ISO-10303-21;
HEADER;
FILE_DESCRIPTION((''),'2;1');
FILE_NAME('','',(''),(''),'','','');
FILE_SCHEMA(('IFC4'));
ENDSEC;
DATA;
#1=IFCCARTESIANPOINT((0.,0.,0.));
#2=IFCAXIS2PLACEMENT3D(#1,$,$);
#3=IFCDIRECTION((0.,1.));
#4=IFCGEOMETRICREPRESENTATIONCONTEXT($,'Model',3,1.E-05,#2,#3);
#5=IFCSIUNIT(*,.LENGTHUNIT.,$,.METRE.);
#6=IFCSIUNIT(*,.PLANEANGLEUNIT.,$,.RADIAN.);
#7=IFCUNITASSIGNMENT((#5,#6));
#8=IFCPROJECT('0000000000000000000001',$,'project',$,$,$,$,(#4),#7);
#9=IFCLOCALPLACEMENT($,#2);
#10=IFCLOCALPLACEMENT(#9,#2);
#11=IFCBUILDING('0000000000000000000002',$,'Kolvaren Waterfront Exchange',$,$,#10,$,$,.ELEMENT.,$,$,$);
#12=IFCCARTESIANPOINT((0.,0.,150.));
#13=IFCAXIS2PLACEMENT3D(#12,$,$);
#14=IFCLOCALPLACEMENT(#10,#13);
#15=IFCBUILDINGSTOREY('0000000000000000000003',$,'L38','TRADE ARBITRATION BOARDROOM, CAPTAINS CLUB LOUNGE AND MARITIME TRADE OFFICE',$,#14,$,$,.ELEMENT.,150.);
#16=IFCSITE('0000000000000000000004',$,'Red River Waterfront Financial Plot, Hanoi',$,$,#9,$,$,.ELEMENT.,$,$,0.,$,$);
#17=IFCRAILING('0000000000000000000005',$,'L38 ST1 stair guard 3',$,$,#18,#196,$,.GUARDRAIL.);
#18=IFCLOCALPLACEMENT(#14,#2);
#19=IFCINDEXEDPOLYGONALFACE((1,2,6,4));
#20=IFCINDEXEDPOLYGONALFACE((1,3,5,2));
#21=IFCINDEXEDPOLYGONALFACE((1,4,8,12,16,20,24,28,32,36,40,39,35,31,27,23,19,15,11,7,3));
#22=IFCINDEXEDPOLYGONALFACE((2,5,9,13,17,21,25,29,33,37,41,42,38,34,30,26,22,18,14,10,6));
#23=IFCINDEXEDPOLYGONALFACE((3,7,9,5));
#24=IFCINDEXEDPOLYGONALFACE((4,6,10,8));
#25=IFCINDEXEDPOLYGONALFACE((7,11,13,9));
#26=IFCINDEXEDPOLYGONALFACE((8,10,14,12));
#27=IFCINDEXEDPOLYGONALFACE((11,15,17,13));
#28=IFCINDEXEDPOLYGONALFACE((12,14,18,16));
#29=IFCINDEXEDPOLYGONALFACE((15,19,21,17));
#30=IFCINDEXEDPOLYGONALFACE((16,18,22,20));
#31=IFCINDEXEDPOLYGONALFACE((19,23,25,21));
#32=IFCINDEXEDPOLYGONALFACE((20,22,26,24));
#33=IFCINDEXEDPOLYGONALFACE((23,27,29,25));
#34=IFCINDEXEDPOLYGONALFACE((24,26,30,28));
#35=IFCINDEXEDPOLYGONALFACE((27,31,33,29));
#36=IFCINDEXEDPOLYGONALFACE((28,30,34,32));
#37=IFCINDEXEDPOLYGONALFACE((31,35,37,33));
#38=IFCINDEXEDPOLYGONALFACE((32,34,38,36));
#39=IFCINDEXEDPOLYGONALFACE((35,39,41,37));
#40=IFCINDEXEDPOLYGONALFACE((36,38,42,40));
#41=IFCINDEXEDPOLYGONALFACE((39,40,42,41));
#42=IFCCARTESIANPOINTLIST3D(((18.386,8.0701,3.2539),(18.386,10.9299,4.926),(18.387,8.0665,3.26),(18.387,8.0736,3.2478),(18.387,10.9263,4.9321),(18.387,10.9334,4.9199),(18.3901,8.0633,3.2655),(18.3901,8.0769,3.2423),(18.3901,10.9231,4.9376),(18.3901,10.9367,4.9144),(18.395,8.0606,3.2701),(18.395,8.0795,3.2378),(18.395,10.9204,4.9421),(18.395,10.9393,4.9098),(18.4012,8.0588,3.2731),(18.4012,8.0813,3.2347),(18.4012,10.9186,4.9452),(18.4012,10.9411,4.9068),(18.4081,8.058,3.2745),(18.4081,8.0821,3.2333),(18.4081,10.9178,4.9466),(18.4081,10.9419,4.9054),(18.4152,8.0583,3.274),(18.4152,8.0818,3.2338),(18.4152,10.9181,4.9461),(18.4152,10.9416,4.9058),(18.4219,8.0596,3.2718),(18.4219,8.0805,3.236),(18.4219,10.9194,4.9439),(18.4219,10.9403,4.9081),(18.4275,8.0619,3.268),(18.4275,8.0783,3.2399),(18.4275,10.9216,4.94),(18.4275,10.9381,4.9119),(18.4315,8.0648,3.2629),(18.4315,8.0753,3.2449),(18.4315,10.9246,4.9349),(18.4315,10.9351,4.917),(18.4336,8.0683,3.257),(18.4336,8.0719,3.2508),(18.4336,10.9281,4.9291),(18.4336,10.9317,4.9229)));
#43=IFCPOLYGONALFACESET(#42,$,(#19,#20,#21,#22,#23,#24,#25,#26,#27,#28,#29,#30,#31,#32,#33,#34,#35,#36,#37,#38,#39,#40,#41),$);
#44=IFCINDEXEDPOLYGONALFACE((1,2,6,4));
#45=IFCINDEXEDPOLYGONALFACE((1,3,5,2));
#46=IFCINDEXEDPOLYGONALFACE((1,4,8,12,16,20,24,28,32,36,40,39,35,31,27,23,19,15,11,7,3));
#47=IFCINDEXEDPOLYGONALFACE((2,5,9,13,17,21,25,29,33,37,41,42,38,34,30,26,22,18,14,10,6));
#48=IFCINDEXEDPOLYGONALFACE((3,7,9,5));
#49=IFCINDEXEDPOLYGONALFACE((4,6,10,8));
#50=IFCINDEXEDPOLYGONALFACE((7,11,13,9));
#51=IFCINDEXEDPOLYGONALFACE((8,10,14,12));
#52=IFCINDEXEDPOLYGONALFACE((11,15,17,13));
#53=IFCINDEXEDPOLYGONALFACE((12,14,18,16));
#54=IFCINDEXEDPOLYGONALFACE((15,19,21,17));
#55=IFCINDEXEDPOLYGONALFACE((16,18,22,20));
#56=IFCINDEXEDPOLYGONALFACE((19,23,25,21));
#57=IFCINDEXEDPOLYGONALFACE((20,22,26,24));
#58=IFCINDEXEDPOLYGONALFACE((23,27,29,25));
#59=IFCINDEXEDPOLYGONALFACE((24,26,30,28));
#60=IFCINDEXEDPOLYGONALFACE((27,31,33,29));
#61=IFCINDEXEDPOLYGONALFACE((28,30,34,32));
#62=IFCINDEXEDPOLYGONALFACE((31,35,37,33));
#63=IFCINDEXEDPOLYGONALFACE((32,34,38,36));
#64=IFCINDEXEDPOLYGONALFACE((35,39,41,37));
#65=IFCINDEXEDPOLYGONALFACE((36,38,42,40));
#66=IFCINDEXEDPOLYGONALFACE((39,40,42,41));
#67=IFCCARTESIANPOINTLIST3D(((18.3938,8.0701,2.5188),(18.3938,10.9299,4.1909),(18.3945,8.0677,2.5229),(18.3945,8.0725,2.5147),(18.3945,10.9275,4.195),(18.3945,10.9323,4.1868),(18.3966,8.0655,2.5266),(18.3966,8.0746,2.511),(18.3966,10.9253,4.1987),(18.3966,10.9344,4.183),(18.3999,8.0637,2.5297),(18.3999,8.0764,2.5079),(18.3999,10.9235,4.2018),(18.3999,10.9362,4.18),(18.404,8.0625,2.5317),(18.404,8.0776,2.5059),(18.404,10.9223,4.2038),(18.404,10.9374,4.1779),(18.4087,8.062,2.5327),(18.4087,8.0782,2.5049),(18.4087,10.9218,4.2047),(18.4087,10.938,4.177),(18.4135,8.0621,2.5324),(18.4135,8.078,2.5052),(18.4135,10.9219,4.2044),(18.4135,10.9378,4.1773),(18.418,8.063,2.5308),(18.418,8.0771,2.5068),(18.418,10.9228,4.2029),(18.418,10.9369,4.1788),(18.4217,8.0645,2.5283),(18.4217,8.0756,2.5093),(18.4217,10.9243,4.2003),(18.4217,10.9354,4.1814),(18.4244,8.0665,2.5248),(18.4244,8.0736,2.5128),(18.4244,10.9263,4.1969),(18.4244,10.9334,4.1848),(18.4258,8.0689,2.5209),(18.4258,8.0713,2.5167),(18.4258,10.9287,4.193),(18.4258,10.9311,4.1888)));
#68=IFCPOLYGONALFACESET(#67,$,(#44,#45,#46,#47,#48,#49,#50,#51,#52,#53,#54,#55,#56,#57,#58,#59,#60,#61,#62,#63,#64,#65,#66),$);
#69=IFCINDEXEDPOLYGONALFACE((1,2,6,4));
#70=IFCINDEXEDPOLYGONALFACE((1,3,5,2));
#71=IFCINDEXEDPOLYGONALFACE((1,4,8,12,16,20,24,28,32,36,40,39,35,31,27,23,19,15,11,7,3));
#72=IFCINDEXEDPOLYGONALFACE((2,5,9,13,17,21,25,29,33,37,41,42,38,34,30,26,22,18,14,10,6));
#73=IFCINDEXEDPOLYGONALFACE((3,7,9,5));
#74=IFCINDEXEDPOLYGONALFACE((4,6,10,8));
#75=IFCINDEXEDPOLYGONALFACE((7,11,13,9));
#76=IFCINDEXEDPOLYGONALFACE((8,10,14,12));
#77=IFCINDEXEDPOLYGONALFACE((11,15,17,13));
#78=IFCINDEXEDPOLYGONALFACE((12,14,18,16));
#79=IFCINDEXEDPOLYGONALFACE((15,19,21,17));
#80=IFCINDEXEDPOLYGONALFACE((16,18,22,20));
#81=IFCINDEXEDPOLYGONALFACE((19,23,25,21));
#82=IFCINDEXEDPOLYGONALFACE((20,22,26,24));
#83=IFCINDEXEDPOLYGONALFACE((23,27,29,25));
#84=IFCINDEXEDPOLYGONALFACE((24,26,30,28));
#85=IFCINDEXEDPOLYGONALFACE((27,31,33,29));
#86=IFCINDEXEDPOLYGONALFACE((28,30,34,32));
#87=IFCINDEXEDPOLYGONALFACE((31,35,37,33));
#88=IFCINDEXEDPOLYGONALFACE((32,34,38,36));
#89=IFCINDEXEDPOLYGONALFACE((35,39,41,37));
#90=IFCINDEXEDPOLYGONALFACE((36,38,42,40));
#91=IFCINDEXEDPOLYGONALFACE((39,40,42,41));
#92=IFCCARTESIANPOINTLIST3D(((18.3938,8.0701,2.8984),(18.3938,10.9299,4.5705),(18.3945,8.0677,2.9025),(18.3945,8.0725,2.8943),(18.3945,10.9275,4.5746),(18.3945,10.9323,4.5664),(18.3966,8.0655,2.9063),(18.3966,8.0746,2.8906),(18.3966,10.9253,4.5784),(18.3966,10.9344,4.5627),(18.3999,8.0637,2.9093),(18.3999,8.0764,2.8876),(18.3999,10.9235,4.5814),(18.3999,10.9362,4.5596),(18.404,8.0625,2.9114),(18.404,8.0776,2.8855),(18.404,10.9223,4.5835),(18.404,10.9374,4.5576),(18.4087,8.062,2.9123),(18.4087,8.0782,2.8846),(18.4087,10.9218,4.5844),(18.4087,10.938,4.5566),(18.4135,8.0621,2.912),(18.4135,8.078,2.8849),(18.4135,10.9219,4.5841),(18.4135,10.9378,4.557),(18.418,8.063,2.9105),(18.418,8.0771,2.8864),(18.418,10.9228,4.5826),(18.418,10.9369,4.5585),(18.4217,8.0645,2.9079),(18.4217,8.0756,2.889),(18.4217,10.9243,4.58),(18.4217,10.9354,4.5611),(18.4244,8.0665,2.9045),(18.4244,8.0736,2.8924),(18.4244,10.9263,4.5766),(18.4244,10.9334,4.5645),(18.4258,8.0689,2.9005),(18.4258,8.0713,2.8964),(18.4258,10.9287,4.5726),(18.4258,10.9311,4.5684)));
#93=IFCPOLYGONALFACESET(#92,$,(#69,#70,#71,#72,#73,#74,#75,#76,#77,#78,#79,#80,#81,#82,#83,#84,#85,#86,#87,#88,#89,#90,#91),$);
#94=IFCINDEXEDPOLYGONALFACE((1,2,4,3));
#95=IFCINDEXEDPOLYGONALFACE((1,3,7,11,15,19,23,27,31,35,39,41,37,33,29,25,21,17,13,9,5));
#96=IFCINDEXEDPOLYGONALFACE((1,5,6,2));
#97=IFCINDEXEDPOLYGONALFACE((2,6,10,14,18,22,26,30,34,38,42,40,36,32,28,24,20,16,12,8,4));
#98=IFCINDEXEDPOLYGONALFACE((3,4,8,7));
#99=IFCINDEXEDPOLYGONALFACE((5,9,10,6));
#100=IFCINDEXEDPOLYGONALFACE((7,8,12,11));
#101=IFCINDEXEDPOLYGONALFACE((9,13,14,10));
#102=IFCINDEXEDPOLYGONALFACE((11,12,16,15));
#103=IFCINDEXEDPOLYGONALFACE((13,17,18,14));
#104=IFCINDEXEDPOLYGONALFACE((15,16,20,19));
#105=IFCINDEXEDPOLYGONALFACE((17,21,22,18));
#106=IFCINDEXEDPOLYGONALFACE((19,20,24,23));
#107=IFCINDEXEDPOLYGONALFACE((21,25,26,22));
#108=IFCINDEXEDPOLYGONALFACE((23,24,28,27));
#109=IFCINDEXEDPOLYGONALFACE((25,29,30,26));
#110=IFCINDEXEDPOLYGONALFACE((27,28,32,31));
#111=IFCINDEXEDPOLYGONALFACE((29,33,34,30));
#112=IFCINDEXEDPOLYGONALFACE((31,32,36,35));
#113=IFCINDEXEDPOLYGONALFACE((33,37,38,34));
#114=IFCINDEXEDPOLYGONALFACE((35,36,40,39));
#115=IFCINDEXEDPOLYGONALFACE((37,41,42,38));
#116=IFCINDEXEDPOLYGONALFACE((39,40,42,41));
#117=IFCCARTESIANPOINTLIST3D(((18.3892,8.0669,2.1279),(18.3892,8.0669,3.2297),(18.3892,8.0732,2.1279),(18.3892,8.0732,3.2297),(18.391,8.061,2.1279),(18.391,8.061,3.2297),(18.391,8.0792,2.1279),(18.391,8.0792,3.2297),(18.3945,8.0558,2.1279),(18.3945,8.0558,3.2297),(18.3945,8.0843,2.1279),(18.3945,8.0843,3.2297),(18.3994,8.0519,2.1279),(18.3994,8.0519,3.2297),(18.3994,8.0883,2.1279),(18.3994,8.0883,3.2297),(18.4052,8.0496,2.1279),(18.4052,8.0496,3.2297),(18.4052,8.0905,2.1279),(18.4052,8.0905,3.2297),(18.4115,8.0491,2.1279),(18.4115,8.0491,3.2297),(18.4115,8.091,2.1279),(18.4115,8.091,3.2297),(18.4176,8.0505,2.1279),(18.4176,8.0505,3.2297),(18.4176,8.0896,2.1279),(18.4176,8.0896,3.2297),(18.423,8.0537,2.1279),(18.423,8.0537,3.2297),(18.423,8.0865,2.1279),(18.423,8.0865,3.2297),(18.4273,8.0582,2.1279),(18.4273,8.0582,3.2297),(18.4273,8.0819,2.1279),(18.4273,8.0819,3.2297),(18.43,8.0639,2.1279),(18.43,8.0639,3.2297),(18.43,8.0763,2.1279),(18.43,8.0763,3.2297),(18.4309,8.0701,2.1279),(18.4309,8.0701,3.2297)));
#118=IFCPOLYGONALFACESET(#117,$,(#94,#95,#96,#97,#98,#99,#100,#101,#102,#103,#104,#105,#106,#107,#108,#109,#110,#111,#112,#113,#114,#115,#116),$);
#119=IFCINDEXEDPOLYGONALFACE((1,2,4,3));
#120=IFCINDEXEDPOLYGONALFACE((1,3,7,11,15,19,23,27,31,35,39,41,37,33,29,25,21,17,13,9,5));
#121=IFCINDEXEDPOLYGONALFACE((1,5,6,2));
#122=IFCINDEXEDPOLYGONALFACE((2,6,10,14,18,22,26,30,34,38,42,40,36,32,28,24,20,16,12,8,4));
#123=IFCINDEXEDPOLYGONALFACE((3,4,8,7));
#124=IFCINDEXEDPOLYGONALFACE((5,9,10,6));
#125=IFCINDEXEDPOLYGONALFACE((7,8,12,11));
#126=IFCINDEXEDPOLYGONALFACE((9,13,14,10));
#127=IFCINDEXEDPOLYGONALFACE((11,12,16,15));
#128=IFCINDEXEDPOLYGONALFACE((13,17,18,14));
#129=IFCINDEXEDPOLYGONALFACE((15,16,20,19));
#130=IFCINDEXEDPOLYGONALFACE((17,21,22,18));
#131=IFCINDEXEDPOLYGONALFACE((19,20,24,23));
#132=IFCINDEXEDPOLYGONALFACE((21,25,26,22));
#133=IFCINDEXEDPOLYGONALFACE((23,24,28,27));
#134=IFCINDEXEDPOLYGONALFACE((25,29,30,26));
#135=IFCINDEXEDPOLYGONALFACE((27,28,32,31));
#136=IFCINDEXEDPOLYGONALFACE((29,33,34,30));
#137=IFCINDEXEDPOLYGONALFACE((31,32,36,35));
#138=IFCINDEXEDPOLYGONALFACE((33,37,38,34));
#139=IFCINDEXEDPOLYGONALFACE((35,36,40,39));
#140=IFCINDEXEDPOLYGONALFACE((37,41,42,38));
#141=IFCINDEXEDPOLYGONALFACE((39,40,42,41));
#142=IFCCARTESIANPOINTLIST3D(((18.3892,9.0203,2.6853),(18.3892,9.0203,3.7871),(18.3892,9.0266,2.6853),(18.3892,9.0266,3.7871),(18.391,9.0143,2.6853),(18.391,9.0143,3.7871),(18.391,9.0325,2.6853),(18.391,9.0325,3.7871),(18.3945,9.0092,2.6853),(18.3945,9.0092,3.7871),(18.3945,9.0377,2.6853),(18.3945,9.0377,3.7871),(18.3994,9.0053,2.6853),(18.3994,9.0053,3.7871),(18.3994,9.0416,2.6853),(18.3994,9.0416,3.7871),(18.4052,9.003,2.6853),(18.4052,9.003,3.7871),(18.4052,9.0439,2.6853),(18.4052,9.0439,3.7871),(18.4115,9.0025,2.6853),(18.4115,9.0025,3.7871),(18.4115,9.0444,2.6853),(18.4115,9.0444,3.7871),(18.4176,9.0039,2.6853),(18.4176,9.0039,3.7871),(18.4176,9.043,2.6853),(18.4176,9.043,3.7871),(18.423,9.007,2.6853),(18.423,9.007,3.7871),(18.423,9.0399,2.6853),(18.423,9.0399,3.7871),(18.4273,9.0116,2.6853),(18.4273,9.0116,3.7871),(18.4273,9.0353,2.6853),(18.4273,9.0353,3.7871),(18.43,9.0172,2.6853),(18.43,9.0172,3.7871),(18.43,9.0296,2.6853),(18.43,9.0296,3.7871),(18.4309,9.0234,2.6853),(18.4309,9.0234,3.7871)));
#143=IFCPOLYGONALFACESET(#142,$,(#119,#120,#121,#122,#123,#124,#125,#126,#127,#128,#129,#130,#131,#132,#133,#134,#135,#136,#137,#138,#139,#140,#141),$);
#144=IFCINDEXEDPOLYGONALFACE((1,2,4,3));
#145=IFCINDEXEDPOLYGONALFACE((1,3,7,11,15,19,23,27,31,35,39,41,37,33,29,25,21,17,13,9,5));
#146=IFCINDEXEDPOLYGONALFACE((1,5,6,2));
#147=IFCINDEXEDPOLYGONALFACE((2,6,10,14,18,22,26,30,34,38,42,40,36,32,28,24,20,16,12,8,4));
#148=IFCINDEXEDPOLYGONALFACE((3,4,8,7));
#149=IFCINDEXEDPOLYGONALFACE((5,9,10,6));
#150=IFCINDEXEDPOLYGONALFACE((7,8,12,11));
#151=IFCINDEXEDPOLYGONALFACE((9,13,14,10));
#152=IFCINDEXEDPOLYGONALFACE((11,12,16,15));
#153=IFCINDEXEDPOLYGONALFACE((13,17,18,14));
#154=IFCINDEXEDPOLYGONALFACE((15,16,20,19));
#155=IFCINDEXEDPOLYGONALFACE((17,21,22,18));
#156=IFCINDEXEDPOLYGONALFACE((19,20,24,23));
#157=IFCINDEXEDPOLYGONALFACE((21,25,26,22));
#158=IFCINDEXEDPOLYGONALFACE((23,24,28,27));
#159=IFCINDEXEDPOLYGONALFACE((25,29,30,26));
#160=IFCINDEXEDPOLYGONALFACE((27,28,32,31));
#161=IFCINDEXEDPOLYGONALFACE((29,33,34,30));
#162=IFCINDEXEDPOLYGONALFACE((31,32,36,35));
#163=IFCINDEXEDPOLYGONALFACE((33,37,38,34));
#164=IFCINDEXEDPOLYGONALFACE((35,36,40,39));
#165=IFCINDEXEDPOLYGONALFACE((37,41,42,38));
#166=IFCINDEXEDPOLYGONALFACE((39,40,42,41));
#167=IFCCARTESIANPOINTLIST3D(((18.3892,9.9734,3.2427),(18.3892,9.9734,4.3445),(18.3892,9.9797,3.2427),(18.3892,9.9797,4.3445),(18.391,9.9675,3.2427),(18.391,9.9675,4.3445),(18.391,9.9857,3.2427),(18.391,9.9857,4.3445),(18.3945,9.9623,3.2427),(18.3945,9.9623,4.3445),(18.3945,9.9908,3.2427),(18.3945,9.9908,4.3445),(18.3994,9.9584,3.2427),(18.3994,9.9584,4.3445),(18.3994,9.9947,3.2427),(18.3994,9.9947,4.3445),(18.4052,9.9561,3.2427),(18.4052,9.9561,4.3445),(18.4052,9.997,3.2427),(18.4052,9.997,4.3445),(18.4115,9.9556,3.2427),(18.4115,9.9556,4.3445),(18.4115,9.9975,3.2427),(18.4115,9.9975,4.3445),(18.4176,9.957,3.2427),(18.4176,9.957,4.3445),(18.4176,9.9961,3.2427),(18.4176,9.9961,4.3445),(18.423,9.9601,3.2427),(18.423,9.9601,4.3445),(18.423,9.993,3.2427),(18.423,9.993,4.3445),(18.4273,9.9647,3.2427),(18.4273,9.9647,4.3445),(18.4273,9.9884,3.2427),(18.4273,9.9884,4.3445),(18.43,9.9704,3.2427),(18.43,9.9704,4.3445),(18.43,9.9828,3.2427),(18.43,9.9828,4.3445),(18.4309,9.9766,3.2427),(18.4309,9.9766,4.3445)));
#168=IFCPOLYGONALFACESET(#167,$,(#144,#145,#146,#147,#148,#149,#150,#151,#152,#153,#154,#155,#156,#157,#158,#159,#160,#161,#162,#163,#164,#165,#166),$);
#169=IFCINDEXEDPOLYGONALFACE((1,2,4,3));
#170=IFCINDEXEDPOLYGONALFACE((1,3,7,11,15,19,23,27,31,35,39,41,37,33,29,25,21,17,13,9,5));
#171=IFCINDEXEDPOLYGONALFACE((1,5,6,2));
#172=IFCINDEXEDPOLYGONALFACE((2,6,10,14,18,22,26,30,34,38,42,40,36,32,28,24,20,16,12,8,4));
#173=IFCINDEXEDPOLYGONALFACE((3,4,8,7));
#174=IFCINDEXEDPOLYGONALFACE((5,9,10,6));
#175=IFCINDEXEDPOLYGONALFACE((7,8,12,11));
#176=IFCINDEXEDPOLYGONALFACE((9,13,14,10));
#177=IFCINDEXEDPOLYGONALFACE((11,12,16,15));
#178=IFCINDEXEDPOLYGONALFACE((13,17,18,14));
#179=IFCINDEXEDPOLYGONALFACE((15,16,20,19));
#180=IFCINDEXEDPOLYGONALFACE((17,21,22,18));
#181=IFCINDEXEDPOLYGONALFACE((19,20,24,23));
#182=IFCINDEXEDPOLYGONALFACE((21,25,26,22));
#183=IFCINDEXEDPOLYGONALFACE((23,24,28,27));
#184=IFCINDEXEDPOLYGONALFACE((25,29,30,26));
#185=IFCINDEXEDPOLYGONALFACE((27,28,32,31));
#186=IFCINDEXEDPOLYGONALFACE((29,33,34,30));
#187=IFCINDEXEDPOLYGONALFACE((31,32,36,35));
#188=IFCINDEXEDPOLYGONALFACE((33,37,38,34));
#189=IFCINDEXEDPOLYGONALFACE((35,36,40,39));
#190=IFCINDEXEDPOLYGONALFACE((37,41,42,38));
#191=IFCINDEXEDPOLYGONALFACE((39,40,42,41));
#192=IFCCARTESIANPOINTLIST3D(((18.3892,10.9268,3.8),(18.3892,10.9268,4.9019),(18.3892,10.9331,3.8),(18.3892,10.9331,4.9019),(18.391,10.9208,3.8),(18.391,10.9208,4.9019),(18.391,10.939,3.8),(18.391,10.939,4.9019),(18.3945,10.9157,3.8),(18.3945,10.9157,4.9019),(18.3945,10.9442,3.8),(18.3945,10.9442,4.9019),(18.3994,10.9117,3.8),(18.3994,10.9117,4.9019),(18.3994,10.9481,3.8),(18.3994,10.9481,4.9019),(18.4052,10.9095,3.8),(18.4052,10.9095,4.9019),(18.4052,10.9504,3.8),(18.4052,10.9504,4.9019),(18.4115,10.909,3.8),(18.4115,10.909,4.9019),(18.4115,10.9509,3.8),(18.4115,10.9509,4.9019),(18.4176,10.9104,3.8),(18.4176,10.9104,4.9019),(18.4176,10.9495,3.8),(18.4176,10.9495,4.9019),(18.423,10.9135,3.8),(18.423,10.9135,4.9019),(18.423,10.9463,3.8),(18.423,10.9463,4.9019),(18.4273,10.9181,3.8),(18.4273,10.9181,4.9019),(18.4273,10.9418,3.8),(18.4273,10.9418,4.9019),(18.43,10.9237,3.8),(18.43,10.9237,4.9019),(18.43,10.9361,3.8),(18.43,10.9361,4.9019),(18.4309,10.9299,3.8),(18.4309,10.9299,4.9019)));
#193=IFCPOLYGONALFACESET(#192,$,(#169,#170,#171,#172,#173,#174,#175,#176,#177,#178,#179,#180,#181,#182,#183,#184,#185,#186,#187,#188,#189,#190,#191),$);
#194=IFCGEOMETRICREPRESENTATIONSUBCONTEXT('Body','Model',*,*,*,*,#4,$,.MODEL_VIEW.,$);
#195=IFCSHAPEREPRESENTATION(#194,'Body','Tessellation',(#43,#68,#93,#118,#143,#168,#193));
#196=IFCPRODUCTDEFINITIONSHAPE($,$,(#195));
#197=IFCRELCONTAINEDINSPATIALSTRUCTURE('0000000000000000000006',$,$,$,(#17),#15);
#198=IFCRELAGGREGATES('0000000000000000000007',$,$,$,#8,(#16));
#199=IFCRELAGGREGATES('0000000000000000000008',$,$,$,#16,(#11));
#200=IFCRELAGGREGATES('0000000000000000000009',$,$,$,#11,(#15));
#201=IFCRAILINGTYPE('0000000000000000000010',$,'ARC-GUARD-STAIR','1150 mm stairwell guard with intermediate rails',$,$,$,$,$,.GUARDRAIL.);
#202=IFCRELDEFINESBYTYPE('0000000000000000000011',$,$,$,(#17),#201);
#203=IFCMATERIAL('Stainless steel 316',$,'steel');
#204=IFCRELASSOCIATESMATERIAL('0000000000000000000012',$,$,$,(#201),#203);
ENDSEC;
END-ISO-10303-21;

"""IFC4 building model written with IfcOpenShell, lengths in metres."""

from ifc_helpers import new_model, si_unit, direction, frame, origin, origin_2d, place, context, subcontext, project, spatial, circle, extrude, material, type_object, element, save


model = new_model("IFC4")

# Units and contexts
model_context = context("Model", 3, precision=1e-05, world=origin(), true_north=direction((0.0, 1.0)))
body_context = subcontext(model_context, "Body", "Model", "MODEL_VIEW")
ifc_project = project(units=[si_unit("LENGTHUNIT", "METRE"), si_unit("PLANEANGLEUNIT", "RADIAN")], contexts=[model_context])

# Site, building, storey
site_placement = place(None, origin())
site = spatial("IfcSite", under=ifc_project, at=site_placement, Name="Red River Waterfront Financial Plot, Hanoi", CompositionType="ELEMENT", RefElevation=0.0)
building_placement = place(site_placement, origin())
building = spatial("IfcBuilding", under=site, at=building_placement, Name="Kolvaren Waterfront Exchange", CompositionType="ELEMENT")
storey_placement = place(building_placement, frame((0.0, 0.0, 150.0)))
storey = spatial("IfcBuildingStorey", under=building, at=storey_placement, Name="L38", Description="TRADE ARBITRATION BOARDROOM, CAPTAINS CLUB LOUNGE AND MARITIME TRADE OFFICE", CompositionType="ELEMENT", Elevation=150.0)

# Railing
ifc_material_1 = material(Name="Stainless steel 316", Category="steel")
railing_type_1 = type_object("IfcRailingType", Name="ARC-GUARD-STAIR", Description="1150 mm stairwell guard with intermediate rails", PredefinedType="GUARDRAIL", material=ifc_material_1)
railing_1_placement = place(storey_placement, frame((18.4099, 8.0701, 2.1279)))
element("IfcRailing", 1, at=railing_1_placement, inside=storey, type_object=railing_type_1, Name="L38 ST1 stair guard 3", PredefinedType="GUARDRAIL", context=body_context, shape_type="SweptSolid", body=[
    extrude(circle(Radius=0.0239, at=origin_2d()), frame((0.0, 0.0, 1.126), z_axis=(0.0, 0.863271, 0.504741), x_axis=(-1.0, 0.0, 0.0)), (0.0, 0.0, 1.0), 3.3127),
    extrude(circle(Radius=0.0161, at=origin_2d()), frame((0.0, 0.0, 0.3909), z_axis=(0.0, 0.863271, 0.504741), x_axis=(-1.0, 0.0, 0.0)), (0.0, 0.0, 1.0), 3.3127),
    extrude(circle(Radius=0.0161, at=origin_2d()), frame((0.0, 0.0, 0.7705), z_axis=(0.0, 0.863271, 0.504741), x_axis=(-1.0, 0.0, 0.0)), (0.0, 0.0, 1.0), 3.3127),
    extrude(circle(Radius=0.021, at=origin_2d()), origin(), (0.0, 0.0, 1.0), 1.1018),
    extrude(circle(Radius=0.021, at=origin_2d()), frame((0.0, 0.9534, 0.5574)), (0.0, 0.0, 1.0), 1.1018),
    extrude(circle(Radius=0.021, at=origin_2d()), frame((0.0, 1.9065, 1.1147)), (0.0, 0.0, 1.0), 1.1018),
    extrude(circle(Radius=0.021, at=origin_2d()), frame((0.0, 2.8599, 1.6721)), (0.0, 0.0, 1.0), 1.1018),
])

save(model, "model.ifc")
